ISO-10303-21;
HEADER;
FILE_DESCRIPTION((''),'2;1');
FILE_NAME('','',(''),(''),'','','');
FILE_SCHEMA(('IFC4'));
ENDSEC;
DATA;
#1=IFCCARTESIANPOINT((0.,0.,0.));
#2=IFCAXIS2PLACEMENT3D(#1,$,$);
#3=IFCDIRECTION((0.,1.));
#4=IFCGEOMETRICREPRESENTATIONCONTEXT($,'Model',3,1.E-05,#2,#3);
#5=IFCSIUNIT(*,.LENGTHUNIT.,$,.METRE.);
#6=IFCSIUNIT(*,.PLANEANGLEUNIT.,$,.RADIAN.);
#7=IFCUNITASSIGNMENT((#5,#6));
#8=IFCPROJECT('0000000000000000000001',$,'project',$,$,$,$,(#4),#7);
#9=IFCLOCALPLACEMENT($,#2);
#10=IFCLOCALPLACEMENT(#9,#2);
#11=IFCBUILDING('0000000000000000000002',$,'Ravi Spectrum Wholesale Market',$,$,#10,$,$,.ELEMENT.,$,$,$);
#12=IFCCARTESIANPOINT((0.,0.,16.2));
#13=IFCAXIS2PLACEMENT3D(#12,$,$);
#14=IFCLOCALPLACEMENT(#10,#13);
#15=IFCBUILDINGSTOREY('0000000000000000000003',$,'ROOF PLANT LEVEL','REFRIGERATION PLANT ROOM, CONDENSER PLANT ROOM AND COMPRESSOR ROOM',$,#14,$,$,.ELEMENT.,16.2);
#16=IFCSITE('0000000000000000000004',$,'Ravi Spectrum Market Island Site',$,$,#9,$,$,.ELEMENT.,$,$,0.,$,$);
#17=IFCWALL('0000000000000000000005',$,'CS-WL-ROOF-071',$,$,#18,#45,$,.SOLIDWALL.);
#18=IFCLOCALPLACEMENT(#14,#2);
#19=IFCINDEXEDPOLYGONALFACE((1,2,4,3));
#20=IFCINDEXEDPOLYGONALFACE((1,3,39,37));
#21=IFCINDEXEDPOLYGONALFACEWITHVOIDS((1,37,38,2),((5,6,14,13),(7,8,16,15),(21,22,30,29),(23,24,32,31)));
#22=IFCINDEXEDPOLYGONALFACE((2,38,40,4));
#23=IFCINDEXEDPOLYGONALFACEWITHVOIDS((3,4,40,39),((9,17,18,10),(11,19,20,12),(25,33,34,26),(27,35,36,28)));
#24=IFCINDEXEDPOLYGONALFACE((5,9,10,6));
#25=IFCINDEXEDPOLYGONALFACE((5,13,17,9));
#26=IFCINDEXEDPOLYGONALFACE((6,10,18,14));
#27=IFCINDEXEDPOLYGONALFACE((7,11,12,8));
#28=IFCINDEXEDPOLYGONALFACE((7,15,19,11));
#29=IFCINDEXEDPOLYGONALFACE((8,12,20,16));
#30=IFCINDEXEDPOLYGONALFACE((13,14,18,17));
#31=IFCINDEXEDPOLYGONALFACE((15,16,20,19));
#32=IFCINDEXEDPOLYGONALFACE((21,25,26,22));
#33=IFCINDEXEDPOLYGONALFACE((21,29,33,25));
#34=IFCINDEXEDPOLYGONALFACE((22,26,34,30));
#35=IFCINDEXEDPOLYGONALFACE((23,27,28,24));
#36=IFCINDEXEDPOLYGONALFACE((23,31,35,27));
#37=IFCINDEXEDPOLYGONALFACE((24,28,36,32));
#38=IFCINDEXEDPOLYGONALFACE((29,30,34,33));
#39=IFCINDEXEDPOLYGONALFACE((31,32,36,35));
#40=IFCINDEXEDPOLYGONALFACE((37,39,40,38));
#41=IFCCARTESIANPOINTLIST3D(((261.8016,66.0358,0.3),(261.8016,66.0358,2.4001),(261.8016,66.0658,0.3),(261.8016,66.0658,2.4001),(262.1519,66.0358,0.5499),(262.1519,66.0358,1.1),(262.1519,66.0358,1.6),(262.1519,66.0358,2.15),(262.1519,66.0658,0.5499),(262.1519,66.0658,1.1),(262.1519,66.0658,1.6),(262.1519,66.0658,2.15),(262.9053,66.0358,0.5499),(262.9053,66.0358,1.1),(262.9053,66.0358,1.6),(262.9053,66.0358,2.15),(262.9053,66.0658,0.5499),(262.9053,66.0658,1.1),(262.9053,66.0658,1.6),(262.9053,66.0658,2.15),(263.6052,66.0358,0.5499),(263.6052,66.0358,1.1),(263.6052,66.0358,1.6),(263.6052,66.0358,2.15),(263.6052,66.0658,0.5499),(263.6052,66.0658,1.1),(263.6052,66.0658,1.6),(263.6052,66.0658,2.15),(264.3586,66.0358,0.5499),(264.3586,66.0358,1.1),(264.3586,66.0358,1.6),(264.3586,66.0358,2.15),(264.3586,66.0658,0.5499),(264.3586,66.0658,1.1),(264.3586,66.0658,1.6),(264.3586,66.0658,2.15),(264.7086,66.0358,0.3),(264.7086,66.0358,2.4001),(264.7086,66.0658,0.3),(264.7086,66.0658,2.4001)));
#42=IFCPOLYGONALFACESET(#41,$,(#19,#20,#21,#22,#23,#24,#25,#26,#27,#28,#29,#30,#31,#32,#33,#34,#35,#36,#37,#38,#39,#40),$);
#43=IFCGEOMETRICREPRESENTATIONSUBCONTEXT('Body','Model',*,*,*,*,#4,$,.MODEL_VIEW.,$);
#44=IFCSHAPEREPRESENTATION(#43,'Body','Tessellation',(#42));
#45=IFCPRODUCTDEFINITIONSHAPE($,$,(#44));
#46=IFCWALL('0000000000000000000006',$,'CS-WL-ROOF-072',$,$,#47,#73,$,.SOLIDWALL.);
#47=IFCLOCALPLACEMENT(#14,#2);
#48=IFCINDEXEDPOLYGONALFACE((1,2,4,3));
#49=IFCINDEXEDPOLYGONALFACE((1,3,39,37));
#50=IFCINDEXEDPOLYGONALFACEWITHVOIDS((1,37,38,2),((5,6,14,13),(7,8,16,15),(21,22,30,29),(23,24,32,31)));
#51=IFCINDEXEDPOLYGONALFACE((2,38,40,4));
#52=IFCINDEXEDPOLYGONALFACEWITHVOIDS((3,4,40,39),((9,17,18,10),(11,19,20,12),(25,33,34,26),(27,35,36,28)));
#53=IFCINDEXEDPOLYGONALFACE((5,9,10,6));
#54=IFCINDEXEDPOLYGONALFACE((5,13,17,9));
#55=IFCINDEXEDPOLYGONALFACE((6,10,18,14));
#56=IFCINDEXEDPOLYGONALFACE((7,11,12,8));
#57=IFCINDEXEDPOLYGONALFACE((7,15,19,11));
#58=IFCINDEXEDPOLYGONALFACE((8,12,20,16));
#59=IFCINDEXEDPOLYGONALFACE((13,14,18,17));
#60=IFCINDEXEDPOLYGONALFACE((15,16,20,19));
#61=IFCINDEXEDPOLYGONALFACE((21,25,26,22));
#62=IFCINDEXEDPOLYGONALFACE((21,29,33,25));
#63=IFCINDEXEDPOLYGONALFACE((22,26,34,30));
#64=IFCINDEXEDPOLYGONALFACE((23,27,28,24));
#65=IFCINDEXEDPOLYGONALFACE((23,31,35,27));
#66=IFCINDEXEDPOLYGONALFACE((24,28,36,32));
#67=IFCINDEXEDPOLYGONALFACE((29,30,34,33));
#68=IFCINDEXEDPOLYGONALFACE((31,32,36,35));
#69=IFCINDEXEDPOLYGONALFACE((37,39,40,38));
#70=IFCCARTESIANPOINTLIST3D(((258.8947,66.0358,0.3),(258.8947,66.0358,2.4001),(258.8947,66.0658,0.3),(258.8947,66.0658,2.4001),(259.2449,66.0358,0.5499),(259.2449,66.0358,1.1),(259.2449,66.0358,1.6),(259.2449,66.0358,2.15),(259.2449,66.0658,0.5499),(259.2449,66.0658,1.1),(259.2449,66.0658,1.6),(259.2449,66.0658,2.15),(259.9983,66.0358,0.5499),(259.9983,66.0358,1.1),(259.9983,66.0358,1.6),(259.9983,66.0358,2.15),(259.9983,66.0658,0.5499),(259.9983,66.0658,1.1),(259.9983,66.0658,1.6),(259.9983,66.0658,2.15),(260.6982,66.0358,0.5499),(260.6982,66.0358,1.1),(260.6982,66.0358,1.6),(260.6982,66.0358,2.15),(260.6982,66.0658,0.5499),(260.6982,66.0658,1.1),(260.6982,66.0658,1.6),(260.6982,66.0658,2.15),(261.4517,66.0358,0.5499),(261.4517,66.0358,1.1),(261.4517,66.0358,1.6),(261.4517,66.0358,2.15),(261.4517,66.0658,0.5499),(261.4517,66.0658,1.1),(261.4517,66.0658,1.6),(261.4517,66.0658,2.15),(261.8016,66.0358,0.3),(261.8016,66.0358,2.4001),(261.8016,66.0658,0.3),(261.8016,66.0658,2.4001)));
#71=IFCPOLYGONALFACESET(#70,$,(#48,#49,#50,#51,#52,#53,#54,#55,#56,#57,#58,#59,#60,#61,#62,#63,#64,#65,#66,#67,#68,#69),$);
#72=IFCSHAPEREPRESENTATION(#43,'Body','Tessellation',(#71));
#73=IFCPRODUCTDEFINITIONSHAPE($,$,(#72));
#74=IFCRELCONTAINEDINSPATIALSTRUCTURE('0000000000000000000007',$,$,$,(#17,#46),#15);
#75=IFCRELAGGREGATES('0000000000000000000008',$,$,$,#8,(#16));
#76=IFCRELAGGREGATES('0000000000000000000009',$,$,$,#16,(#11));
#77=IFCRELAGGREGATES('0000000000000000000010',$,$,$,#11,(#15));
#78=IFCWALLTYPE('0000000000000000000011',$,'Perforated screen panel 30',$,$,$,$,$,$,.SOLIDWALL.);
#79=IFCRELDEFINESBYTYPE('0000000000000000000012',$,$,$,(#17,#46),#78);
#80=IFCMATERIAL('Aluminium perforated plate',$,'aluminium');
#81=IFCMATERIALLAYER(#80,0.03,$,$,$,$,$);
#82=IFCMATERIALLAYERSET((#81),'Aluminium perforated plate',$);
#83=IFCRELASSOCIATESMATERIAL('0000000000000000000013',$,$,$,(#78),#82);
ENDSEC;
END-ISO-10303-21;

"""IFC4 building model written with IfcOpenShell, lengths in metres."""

from ifc_helpers import new_model, si_unit, direction, frame, frame_2d, origin, place, context, subcontext, project, spatial, rectangle, extrude, material, layer, layer_set, type_object, element, save


model = new_model("IFC4")

# Units and contexts
model_context = context("Model", 3, precision=1e-05, world=origin(), true_north=direction((0.0, 1.0)))
body_context = subcontext(model_context, "Body", "Model", "MODEL_VIEW")
ifc_project = project(units=[si_unit("LENGTHUNIT", "METRE"), si_unit("PLANEANGLEUNIT", "RADIAN")], contexts=[model_context])

# Site, building, storey
site_placement = place(None, origin())
site = spatial("IfcSite", under=ifc_project, at=site_placement, Name="Ravi Spectrum Market Island Site", CompositionType="ELEMENT", RefElevation=0.0)
building_placement = place(site_placement, origin())
building = spatial("IfcBuilding", under=site, at=building_placement, Name="Ravi Spectrum Wholesale Market", CompositionType="ELEMENT")
storey_placement = place(building_placement, frame((0.0, 0.0, 16.2)))
storey = spatial("IfcBuildingStorey", under=building, at=storey_placement, Name="ROOF PLANT LEVEL", Description="REFRIGERATION PLANT ROOM, CONDENSER PLANT ROOM AND COMPRESSOR ROOM", CompositionType="ELEMENT", Elevation=16.2)

# Walls, openings
ifc_material_1 = material(Name="Aluminium perforated plate", Category="aluminium")
ifc_layer = layer(ifc_material_1, 0.03)
ifc_layer_set = layer_set([ifc_layer], Name="Aluminium perforated plate")
wall_type = type_object("IfcWallType", Name="Perforated screen panel 30", PredefinedType="SOLIDWALL", material=ifc_layer_set)
wall_1_placement = place(storey_placement, frame((264.7087, 66.0508, 0.3), z_axis=(0.0, 0.0, 1.0), x_axis=(-1.0, 0.0, 0.0)))
wall_1 = element("IfcWall", 1, at=wall_1_placement, inside=storey, type_object=wall_type, Name="CS-WL-ROOF-071", PredefinedType="SOLIDWALL", context=body_context, shape_type="SweptSolid", body=[
    extrude(rectangle(XDim=2.907, YDim=0.03, at=frame_2d((1.4536, 0.0))), origin(), (0.0, 0.0, 1.0), 2.1001),
])
opening_1_placement = place(wall_1_placement, frame((0.3501, 0.0, 0.25)))
element("IfcOpeningElement", 2, at=opening_1_placement, cuts=wall_1, PredefinedType="OPENING", context=body_context, shape_type="SweptSolid", body=[
    extrude(rectangle(XDim=0.7534, YDim=0.55, at=frame_2d((0.3767, 0.2749))), frame((0.0, 0.0249, 0.0), z_axis=(0.0, -1.0, 0.0), x_axis=(1.0, 0.0, 0.0)), (0.0, 0.0, 1.0), 0.05),
])
opening_2_placement = place(wall_1_placement, frame((0.3501, 0.0, 1.3)))
element("IfcOpeningElement", 3, at=opening_2_placement, cuts=wall_1, PredefinedType="OPENING", context=body_context, shape_type="SweptSolid", body=[
    extrude(rectangle(XDim=0.7534, YDim=0.55, at=frame_2d((0.3767, 0.2749))), frame((0.0, 0.0249, 0.0), z_axis=(0.0, -1.0, 0.0), x_axis=(1.0, 0.0, 0.0)), (0.0, 0.0, 1.0), 0.05),
])
opening_3_placement = place(wall_1_placement, frame((1.8035, 0.0, 0.25)))
element("IfcOpeningElement", 4, at=opening_3_placement, cuts=wall_1, PredefinedType="OPENING", context=body_context, shape_type="SweptSolid", body=[
    extrude(rectangle(XDim=0.7534, YDim=0.55, at=frame_2d((0.3767, 0.2749))), frame((0.0, 0.0249, 0.0), z_axis=(0.0, -1.0, 0.0), x_axis=(1.0, 0.0, 0.0)), (0.0, 0.0, 1.0), 0.05),
])
opening_4_placement = place(wall_1_placement, frame((1.8035, 0.0, 1.3)))
element("IfcOpeningElement", 5, at=opening_4_placement, cuts=wall_1, PredefinedType="OPENING", context=body_context, shape_type="SweptSolid", body=[
    extrude(rectangle(XDim=0.7534, YDim=0.55, at=frame_2d((0.3767, 0.2749))), frame((0.0, 0.0249, 0.0), z_axis=(0.0, -1.0, 0.0), x_axis=(1.0, 0.0, 0.0)), (0.0, 0.0, 1.0), 0.05),
])
wall_2_placement = place(storey_placement, frame((261.8018, 66.0508, 0.3), z_axis=(0.0, 0.0, 1.0), x_axis=(-1.0, 0.0, 0.0)))
wall_2 = element("IfcWall", 6, at=wall_2_placement, inside=storey, type_object=wall_type, Name="CS-WL-ROOF-072", PredefinedType="SOLIDWALL", context=body_context, shape_type="SweptSolid", body=[
    extrude(rectangle(XDim=2.907, YDim=0.03, at=frame_2d((1.4536, 0.0))), origin(), (0.0, 0.0, 1.0), 2.1001),
])
opening_5_placement = place(wall_2_placement, frame((0.3501, 0.0, 0.25)))
element("IfcOpeningElement", 7, at=opening_5_placement, cuts=wall_2, PredefinedType="OPENING", context=body_context, shape_type="SweptSolid", body=[
    extrude(rectangle(XDim=0.7534, YDim=0.55, at=frame_2d((0.3767, 0.2749))), frame((0.0, 0.0249, 0.0), z_axis=(0.0, -1.0, 0.0), x_axis=(1.0, 0.0, 0.0)), (0.0, 0.0, 1.0), 0.05),
])
opening_6_placement = place(wall_2_placement, frame((0.3501, 0.0, 1.3)))
element("IfcOpeningElement", 8, at=opening_6_placement, cuts=wall_2, PredefinedType="OPENING", context=body_context, shape_type="SweptSolid", body=[
    extrude(rectangle(XDim=0.7534, YDim=0.55, at=frame_2d((0.3767, 0.2749))), frame((0.0, 0.0249, 0.0), z_axis=(0.0, -1.0, 0.0), x_axis=(1.0, 0.0, 0.0)), (0.0, 0.0, 1.0), 0.05),
])
opening_7_placement = place(wall_2_placement, frame((1.8035, 0.0, 0.25)))
element("IfcOpeningElement", 9, at=opening_7_placement, cuts=wall_2, PredefinedType="OPENING", context=body_context, shape_type="SweptSolid", body=[
    extrude(rectangle(XDim=0.7534, YDim=0.55, at=frame_2d((0.3767, 0.2749))), frame((0.0, 0.0249, 0.0), z_axis=(0.0, -1.0, 0.0), x_axis=(1.0, 0.0, 0.0)), (0.0, 0.0, 1.0), 0.05),
])
opening_8_placement = place(wall_2_placement, frame((1.8035, 0.0, 1.3)))
element("IfcOpeningElement", 10, at=opening_8_placement, cuts=wall_2, PredefinedType="OPENING", context=body_context, shape_type="SweptSolid", body=[
    extrude(rectangle(XDim=0.7534, YDim=0.55, at=frame_2d((0.3767, 0.2749))), frame((0.0, 0.0249, 0.0), z_axis=(0.0, -1.0, 0.0), x_axis=(1.0, 0.0, 0.0)), (0.0, 0.0, 1.0), 0.05),
])

save(model, "model.ifc")
